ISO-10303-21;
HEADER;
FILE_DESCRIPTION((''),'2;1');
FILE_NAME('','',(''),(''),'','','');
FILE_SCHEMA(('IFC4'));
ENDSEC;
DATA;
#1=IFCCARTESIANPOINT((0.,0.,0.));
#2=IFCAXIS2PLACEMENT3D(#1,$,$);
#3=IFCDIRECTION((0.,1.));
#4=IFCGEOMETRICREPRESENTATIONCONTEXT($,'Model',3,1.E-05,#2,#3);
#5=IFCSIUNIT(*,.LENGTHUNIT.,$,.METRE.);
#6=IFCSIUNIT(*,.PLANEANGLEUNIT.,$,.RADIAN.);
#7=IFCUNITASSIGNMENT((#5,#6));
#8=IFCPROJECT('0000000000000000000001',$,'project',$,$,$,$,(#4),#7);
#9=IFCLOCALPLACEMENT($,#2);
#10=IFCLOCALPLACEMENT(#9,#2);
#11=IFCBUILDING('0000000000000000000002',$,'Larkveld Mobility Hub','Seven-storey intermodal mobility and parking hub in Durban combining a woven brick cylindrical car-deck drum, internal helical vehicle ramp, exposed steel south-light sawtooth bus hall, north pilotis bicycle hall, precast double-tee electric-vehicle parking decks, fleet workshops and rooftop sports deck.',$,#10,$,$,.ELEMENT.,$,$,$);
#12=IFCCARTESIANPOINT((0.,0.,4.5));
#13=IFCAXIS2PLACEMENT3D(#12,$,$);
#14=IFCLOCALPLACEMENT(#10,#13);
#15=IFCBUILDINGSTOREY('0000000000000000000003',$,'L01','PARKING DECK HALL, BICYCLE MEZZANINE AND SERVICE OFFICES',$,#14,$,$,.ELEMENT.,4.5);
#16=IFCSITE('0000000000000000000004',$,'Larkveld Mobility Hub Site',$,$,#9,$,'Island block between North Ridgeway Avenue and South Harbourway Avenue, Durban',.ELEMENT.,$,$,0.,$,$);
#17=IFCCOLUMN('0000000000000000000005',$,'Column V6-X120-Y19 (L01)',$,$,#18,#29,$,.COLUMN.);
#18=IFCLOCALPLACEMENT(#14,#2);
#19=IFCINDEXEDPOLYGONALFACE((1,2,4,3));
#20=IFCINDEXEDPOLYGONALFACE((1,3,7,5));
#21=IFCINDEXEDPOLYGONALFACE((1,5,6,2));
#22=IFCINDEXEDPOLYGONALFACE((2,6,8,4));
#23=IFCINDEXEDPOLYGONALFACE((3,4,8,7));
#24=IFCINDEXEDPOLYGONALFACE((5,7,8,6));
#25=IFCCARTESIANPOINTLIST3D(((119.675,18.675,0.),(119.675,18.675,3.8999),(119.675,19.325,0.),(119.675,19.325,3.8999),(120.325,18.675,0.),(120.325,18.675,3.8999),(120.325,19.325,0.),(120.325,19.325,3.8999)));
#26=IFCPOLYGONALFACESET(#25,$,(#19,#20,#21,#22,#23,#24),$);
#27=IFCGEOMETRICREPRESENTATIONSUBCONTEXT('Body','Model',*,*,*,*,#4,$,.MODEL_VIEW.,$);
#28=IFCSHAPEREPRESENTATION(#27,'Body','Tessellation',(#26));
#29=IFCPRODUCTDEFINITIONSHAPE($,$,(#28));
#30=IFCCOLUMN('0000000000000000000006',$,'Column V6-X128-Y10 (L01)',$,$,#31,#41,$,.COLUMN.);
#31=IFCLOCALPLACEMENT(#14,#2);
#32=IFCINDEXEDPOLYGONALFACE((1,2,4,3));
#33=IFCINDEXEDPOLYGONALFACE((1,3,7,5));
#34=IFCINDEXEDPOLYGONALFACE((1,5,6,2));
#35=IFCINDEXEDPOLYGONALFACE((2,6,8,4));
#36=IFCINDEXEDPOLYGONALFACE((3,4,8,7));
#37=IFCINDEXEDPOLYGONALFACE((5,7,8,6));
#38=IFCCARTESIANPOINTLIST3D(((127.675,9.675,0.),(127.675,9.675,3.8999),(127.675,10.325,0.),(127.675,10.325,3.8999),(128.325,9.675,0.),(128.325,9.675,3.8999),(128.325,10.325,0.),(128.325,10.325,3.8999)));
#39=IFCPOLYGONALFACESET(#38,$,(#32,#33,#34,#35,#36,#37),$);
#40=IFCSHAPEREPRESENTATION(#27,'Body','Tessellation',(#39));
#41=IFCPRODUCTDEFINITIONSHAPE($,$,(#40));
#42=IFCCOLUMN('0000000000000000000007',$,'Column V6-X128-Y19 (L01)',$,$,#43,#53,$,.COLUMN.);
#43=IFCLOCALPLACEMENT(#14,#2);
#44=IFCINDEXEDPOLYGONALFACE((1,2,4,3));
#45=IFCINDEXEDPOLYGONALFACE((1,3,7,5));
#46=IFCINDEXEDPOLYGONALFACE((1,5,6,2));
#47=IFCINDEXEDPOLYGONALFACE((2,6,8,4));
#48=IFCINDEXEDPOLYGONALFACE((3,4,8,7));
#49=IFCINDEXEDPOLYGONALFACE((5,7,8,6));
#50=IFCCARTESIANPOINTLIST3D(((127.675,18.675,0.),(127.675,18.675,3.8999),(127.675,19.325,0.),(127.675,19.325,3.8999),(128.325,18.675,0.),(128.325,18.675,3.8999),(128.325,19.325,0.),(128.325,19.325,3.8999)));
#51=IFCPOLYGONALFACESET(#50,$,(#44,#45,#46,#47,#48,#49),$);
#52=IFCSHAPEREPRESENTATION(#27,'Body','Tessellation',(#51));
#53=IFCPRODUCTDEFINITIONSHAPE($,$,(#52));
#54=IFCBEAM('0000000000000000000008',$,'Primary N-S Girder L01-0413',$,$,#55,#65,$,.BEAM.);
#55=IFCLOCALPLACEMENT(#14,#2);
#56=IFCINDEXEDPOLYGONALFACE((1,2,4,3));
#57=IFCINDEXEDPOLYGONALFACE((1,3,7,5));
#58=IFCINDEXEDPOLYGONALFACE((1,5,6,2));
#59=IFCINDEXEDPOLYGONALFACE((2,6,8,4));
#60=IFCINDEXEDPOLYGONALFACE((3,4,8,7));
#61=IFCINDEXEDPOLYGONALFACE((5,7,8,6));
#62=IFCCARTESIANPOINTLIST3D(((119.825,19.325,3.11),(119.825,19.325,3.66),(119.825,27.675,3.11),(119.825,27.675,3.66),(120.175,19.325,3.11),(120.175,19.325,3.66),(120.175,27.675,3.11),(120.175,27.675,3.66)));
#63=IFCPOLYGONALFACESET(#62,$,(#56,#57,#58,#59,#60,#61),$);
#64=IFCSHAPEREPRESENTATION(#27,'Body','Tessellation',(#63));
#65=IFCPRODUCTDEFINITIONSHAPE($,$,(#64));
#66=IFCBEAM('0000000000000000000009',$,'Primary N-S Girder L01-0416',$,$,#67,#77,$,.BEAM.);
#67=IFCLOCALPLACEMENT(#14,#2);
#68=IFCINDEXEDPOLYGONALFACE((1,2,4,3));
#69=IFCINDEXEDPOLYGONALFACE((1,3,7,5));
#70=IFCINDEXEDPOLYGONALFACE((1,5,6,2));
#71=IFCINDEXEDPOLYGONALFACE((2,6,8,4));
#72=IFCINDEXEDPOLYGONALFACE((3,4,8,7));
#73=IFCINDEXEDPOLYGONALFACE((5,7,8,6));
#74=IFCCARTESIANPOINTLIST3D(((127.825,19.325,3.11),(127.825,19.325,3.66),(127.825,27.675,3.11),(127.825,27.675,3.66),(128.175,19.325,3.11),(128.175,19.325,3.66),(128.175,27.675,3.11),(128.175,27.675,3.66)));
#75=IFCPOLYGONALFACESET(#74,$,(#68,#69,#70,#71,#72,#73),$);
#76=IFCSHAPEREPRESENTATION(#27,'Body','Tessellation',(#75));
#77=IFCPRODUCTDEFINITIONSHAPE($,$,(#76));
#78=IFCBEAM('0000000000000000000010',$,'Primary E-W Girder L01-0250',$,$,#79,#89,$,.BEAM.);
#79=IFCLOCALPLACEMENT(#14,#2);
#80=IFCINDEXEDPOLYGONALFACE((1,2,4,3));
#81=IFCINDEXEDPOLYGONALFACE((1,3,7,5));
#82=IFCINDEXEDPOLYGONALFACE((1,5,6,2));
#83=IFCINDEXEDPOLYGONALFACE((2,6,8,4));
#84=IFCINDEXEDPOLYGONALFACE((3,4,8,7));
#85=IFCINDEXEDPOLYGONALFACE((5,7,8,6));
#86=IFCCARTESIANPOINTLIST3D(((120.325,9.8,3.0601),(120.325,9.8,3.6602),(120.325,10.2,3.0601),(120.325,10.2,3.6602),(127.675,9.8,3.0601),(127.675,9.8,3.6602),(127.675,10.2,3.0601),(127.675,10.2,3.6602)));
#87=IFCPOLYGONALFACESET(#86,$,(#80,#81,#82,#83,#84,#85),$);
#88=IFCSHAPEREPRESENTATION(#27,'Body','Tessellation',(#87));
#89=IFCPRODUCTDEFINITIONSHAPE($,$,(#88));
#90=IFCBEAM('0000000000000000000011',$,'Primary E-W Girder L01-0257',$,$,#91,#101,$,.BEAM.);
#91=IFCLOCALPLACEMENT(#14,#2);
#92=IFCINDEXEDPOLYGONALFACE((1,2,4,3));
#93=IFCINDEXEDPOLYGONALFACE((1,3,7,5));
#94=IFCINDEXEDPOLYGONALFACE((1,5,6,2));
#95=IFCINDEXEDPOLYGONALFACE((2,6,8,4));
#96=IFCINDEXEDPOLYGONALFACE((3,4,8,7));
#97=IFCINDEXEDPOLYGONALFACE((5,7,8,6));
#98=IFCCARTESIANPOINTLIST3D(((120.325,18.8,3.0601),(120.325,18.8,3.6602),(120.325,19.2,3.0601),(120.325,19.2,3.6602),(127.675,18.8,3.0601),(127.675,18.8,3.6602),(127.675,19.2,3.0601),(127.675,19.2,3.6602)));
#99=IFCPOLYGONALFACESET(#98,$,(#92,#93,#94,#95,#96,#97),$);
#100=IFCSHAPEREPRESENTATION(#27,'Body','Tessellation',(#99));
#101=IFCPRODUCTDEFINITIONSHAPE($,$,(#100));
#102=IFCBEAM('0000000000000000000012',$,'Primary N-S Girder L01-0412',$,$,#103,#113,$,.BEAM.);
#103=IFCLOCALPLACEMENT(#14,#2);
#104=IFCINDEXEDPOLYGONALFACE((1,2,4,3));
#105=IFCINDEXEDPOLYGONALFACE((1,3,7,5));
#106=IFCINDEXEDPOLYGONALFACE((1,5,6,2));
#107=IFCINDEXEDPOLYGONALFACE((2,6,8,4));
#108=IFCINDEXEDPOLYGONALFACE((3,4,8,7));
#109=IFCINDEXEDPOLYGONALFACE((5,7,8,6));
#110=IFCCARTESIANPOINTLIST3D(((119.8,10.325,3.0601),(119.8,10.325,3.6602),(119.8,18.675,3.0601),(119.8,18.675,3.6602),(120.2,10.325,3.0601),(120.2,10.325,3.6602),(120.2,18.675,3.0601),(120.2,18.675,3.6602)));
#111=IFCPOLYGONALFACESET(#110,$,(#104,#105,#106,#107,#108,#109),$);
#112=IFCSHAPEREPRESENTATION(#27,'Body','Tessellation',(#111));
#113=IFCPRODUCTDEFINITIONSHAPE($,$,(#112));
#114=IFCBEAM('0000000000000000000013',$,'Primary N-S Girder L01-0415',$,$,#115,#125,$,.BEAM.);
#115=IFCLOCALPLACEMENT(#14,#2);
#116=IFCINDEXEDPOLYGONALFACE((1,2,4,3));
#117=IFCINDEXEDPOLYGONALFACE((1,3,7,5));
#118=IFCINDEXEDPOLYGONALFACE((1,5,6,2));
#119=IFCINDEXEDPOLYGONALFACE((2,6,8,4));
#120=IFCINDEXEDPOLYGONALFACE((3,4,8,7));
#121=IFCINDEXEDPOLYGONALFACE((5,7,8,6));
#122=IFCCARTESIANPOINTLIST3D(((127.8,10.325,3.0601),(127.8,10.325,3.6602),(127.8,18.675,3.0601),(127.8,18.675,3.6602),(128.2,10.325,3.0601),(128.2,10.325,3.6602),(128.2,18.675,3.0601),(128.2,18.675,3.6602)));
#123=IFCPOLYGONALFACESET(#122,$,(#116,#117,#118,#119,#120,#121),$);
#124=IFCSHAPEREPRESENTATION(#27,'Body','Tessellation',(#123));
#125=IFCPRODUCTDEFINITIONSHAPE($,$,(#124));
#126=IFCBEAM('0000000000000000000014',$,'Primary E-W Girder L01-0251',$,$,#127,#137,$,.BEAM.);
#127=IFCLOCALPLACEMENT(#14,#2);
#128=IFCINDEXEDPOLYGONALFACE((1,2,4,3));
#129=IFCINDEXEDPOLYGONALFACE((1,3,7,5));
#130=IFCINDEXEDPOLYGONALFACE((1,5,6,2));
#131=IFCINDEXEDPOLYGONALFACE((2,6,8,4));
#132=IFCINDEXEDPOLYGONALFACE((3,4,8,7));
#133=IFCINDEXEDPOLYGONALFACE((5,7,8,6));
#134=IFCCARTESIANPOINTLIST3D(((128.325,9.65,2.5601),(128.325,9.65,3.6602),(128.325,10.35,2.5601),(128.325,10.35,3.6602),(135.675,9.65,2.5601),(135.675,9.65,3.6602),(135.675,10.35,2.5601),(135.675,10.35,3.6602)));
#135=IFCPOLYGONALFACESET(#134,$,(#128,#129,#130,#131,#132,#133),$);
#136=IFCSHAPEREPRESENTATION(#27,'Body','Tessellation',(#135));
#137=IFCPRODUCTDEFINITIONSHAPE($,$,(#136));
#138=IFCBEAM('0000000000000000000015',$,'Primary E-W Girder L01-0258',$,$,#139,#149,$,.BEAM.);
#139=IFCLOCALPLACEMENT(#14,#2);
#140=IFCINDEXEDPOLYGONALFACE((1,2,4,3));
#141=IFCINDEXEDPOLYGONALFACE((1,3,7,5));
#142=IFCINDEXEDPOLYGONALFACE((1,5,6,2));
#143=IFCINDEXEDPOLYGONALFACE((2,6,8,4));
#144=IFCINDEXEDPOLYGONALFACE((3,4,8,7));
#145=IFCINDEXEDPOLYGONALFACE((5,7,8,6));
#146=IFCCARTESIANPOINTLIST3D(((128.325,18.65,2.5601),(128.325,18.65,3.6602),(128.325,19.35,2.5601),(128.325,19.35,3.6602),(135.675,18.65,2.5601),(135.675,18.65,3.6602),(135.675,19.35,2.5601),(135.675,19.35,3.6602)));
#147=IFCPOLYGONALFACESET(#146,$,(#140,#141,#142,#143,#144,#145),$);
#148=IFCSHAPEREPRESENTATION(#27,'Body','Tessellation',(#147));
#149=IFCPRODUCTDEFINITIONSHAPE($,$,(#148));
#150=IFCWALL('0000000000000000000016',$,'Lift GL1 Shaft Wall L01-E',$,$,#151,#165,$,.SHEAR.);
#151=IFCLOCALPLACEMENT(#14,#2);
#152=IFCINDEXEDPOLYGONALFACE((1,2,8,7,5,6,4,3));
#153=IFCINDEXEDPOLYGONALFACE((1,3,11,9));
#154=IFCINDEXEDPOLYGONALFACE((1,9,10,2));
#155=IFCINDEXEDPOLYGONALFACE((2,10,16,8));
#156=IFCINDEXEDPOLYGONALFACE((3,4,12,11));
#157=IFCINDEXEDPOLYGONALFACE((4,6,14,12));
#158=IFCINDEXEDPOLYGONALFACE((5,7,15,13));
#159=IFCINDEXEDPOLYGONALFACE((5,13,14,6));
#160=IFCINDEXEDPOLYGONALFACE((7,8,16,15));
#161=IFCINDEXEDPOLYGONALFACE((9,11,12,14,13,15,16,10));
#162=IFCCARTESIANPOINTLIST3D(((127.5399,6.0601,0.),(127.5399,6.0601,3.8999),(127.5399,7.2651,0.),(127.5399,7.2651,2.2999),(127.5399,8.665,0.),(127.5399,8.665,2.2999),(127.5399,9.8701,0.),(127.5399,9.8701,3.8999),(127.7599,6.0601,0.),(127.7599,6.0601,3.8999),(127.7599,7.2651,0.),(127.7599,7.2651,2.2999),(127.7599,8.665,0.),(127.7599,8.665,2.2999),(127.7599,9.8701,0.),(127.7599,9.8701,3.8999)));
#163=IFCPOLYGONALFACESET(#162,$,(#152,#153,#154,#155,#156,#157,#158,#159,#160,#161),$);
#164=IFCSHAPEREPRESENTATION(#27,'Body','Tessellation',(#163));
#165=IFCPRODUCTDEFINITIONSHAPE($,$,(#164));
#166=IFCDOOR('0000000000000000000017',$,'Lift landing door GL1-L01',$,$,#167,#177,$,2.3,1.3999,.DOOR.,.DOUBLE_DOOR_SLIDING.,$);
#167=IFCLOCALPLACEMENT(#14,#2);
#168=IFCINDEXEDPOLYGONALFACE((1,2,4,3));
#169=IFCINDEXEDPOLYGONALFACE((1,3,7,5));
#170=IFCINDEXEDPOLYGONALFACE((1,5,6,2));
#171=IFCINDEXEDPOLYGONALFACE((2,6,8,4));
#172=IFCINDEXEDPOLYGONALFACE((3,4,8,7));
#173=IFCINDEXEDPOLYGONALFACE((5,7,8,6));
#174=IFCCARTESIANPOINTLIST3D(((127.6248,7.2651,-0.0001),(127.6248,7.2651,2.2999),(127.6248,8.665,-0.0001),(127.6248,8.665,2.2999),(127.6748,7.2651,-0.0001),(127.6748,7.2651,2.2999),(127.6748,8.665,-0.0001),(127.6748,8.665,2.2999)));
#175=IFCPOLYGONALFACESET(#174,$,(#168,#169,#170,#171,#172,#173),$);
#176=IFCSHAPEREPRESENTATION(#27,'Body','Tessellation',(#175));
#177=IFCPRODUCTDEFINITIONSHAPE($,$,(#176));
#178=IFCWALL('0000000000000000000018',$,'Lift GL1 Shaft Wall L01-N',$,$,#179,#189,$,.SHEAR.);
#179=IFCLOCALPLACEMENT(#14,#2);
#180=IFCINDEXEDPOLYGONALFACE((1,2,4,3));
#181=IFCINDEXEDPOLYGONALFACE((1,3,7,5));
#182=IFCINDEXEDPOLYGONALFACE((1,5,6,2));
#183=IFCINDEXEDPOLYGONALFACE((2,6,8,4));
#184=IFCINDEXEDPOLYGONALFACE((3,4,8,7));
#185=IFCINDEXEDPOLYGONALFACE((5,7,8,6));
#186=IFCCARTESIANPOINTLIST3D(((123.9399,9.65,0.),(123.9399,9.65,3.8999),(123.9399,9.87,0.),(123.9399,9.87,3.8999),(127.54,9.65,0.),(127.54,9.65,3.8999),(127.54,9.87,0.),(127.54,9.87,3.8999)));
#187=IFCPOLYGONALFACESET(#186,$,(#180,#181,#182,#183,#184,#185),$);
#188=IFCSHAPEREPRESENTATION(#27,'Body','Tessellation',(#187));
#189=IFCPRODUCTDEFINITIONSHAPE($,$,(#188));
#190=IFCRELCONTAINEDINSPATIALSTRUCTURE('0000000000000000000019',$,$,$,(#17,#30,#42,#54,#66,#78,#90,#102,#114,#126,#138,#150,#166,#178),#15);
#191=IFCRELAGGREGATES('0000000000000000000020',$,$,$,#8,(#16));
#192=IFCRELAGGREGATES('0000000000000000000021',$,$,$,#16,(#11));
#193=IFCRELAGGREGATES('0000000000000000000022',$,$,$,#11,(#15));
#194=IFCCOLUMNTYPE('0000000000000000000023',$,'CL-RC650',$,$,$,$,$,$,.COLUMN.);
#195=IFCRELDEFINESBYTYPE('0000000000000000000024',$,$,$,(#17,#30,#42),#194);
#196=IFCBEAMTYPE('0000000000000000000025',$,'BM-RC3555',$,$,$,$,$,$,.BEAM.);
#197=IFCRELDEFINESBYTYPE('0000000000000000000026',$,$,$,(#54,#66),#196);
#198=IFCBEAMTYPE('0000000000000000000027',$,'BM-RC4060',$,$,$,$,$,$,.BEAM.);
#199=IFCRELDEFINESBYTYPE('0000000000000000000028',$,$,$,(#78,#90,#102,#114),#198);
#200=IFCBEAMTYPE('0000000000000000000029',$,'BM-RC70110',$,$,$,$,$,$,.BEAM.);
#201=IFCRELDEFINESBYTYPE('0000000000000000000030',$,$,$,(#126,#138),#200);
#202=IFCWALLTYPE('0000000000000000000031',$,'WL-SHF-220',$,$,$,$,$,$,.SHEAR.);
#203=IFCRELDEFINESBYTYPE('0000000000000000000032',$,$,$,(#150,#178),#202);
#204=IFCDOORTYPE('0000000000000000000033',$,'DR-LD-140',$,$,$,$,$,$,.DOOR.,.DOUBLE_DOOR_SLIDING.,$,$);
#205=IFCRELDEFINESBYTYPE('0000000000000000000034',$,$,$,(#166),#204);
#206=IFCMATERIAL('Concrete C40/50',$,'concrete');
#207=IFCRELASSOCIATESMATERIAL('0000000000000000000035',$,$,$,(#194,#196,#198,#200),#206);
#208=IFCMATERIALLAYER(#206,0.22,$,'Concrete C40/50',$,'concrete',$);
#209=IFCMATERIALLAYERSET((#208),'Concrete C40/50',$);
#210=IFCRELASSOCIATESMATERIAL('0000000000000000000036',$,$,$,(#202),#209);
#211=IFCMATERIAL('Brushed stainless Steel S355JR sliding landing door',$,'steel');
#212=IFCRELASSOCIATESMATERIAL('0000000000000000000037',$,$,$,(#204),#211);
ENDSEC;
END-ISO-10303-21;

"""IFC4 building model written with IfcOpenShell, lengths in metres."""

from ifc_helpers import new_model, si_unit, direction, frame, frame_2d, origin, origin_2d, place, context, subcontext, project, spatial, rectangle, extrude, material, layer, layer_set, material_profile, profile_set, type_object, element, fill, save


model = new_model("IFC4")

# Units and contexts
model_context = context("Model", 3, precision=1e-05, world=origin(), true_north=direction((0.0, 1.0)))
body_context = subcontext(model_context, "Body", "Model", "MODEL_VIEW")
ifc_project = project(units=[si_unit("LENGTHUNIT", "METRE"), si_unit("PLANEANGLEUNIT", "RADIAN")], contexts=[model_context])

# Site, building, storey
site_placement = place(None, origin())
site = spatial("IfcSite", under=ifc_project, at=site_placement, Name="Larkveld Mobility Hub Site", LongName="Island block between North Ridgeway Avenue and South Harbourway Avenue, Durban", CompositionType="ELEMENT", RefElevation=0.0)
building_placement = place(site_placement, origin())
building = spatial("IfcBuilding", under=site, at=building_placement, Name="Larkveld Mobility Hub", Description="Seven-storey intermodal mobility and parking hub in Durban combining a woven brick cylindrical car-deck drum, internal helical vehicle ramp, exposed steel south-light sawtooth bus hall, north pilotis bicycle hall, precast double-tee electric-vehicle parking decks, fleet workshops and rooftop sports deck.", CompositionType="ELEMENT")
storey_placement = place(building_placement, frame((0.0, 0.0, 4.5)))
storey = spatial("IfcBuildingStorey", under=building, at=storey_placement, Name="L01", Description="PARKING DECK HALL, BICYCLE MEZZANINE AND SERVICE OFFICES", CompositionType="ELEMENT", Elevation=4.5)

# Columns
ifc_material_1 = material(Name="Concrete C40/50", Category="concrete")
ifc_material_profile_1 = material_profile(ifc_material_1, rectangle(XDim=0.6499, YDim=0.6499, at=origin_2d()), Name="RC COL 650x650")
ifc_profile_set_1 = profile_set([ifc_material_profile_1], Name="Concrete C40/50")
column_type = type_object("IfcColumnType", Name="CL-RC650", PredefinedType="COLUMN", material=ifc_profile_set_1)
for number, where, z_axis, x_axis, name in (
    (1, (120.0, 19.0, 0.0), (0.0, 0.0, 1.0), (1.0, 0.0, 0.0), "Column V6-X120-Y19 (L01)"),
    (2, (128.0, 10.0, 0.0), (0.0, 0.0, 1.0), (1.0, 0.0, 0.0), "Column V6-X128-Y10 (L01)"),
    (3, (128.0, 19.0, 0.0), (0.0, 0.0, 1.0), (1.0, 0.0, 0.0), "Column V6-X128-Y19 (L01)"),
):
    element("IfcColumn", number, at=place(storey_placement, frame(where, z_axis=z_axis, x_axis=x_axis)), inside=storey, type_object=column_type, Name=name, PredefinedType="COLUMN", context=body_context, shape_type="SweptSolid", body=[
        extrude(rectangle(XDim=0.6499, YDim=0.6499, at=origin_2d()), origin(), (0.0, 0.0, 1.0), 3.8999),
    ])

# Beams
ifc_material_profile_2 = material_profile(ifc_material_1, rectangle(XDim=0.3501, YDim=0.55, at=origin_2d()), Name="RC BM 350x550")
ifc_profile_set_2 = profile_set([ifc_material_profile_2], Name="Concrete C40/50")
beam_type_1 = type_object("IfcBeamType", Name="BM-RC3555", PredefinedType="BEAM", material=ifc_profile_set_2)
for number, where, z_axis, x_axis, name in (
    (4, (120.0, 19.325, 3.385), (0.0, 1.0, 0.0), (-1.0, 0.0, 0.0), "Primary N-S Girder L01-0413"),
    (5, (128.0, 19.325, 3.385), (0.0, 1.0, 0.0), (-1.0, 0.0, 0.0), "Primary N-S Girder L01-0416"),
):
    element("IfcBeam", number, at=place(storey_placement, frame(where, z_axis=z_axis, x_axis=x_axis)), inside=storey, type_object=beam_type_1, Name=name, PredefinedType="BEAM", context=body_context, shape_type="SweptSolid", body=[
        extrude(rectangle(XDim=0.3501, YDim=0.55, at=origin_2d()), origin(), (0.0, 0.0, 1.0), 8.3501),
    ])
ifc_material_profile_3 = material_profile(ifc_material_1, rectangle(XDim=0.3999, YDim=0.6001, at=origin_2d()), Name="RC BM 400x600")
ifc_profile_set_3 = profile_set([ifc_material_profile_3], Name="Concrete C40/50")
beam_type_2 = type_object("IfcBeamType", Name="BM-RC4060", PredefinedType="BEAM", material=ifc_profile_set_3)
for number, where, z_axis, x_axis, name in (
    (6, (120.325, 10.0, 3.3601), (1.0, 0.0, 0.0), (0.0, 1.0, 0.0), "Primary E-W Girder L01-0250"),
    (7, (120.325, 19.0, 3.3601), (1.0, 0.0, 0.0), (0.0, 1.0, 0.0), "Primary E-W Girder L01-0257"),
):
    element("IfcBeam", number, at=place(storey_placement, frame(where, z_axis=z_axis, x_axis=x_axis)), inside=storey, type_object=beam_type_2, Name=name, PredefinedType="BEAM", context=body_context, shape_type="SweptSolid", body=[
        extrude(rectangle(XDim=0.3999, YDim=0.6001, at=origin_2d()), origin(), (0.0, 0.0, 1.0), 7.3501),
    ])
for number, where, z_axis, x_axis, name in (
    (8, (120.0, 10.325, 3.3601), (0.0, 1.0, 0.0), (-1.0, 0.0, 0.0), "Primary N-S Girder L01-0412"),
    (9, (128.0, 10.325, 3.3601), (0.0, 1.0, 0.0), (-1.0, 0.0, 0.0), "Primary N-S Girder L01-0415"),
):
    element("IfcBeam", number, at=place(storey_placement, frame(where, z_axis=z_axis, x_axis=x_axis)), inside=storey, type_object=beam_type_2, Name=name, PredefinedType="BEAM", context=body_context, shape_type="SweptSolid", body=[
        extrude(rectangle(XDim=0.3999, YDim=0.6001, at=origin_2d()), origin(), (0.0, 0.0, 1.0), 8.3501),
    ])
ifc_material_profile_4 = material_profile(ifc_material_1, rectangle(XDim=0.7, YDim=1.1001, at=origin_2d()), Name="RC BM 700x1100")
ifc_profile_set_4 = profile_set([ifc_material_profile_4], Name="Concrete C40/50")
beam_type_3 = type_object("IfcBeamType", Name="BM-RC70110", PredefinedType="BEAM", material=ifc_profile_set_4)
for number, where, z_axis, x_axis, name in (
    (10, (128.325, 10.0, 3.1101), (1.0, 0.0, 0.0), (0.0, 1.0, 0.0), "Primary E-W Girder L01-0251"),
    (11, (128.325, 19.0, 3.1101), (1.0, 0.0, 0.0), (0.0, 1.0, 0.0), "Primary E-W Girder L01-0258"),
):
    element("IfcBeam", number, at=place(storey_placement, frame(where, z_axis=z_axis, x_axis=x_axis)), inside=storey, type_object=beam_type_3, Name=name, PredefinedType="BEAM", context=body_context, shape_type="SweptSolid", body=[
        extrude(rectangle(XDim=0.7, YDim=1.1001, at=origin_2d()), origin(), (0.0, 0.0, 1.0), 7.3501),
    ])

# Wall, opening, door
ifc_layer_1 = layer(ifc_material_1, 0.22, Name="Concrete C40/50", Category="concrete")
ifc_layer_set_1 = layer_set([ifc_layer_1], Name="Concrete C40/50")
wall_type_1 = type_object("IfcWallType", Name="WL-SHF-220", PredefinedType="SHEAR", material=ifc_layer_set_1)
wall_1_placement = place(storey_placement, frame((127.6499, 9.8701, 0.0), z_axis=(0.0, 0.0, 1.0), x_axis=(0.0, -1.0, 0.0)))
wall_1 = element("IfcWall", 12, at=wall_1_placement, inside=storey, type_object=wall_type_1, Name="Lift GL1 Shaft Wall L01-E", PredefinedType="SHEAR", context=body_context, shape_type="SweptSolid", body=[
    extrude(rectangle(XDim=3.8101, YDim=0.22, at=frame_2d((1.905, 0.0))), origin(), (0.0, 0.0, 1.0), 3.8999),
])
opening_1_placement = place(wall_1_placement, frame((1.2051, 0.0, 0.0)))
opening_1 = element("IfcOpeningElement", 13, at=opening_1_placement, cuts=wall_1, PredefinedType="OPENING", context=body_context, shape_type="SweptSolid", body=[
    extrude(rectangle(XDim=1.3999, YDim=2.3, at=frame_2d((0.7, 1.1499))), frame((0.0, 0.1201, 0.0), z_axis=(0.0, -1.0, 0.0), x_axis=(1.0, 0.0, 0.0)), (0.0, 0.0, 1.0), 0.24),
])
ifc_material_2 = material(Name="Brushed stainless Steel S355JR sliding landing door", Category="steel")
door_type_1 = type_object("IfcDoorType", Name="DR-LD-140", OperationType="DOUBLE_DOOR_SLIDING", PredefinedType="DOOR", material=ifc_material_2)
door_1_placement = place(opening_1_placement, origin())
door_1 = element("IfcDoor", 14, at=door_1_placement, inside=storey, type_object=door_type_1, Name="Lift landing door GL1-L01", OperationType="DOUBLE_DOOR_SLIDING", OverallHeight=2.3, OverallWidth=1.3999, PredefinedType="DOOR", context=body_context, shape_type="SweptSolid", body=[
    extrude(rectangle(XDim=1.3999, YDim=2.3, at=frame_2d((0.7, 1.1499))), frame((0.0, 0.0249, 0.0), z_axis=(0.0, -1.0, 0.0), x_axis=(1.0, 0.0, 0.0)), (0.0, 0.0, 1.0), 0.05),
])
fill(opening_1, door_1)

# Wall
wall_2_placement = place(storey_placement, frame((123.9399, 9.76, 0.0), z_axis=(0.0, 0.0, 1.0), x_axis=(1.0, 0.0, 0.0)))
element("IfcWall", 15, at=wall_2_placement, inside=storey, type_object=wall_type_1, Name="Lift GL1 Shaft Wall L01-N", PredefinedType="SHEAR", context=body_context, shape_type="SweptSolid", body=[
    extrude(rectangle(XDim=3.6001, YDim=0.22, at=frame_2d((1.8, 0.0))), origin(), (0.0, 0.0, 1.0), 3.8999),
])

save(model, "model.ifc")
